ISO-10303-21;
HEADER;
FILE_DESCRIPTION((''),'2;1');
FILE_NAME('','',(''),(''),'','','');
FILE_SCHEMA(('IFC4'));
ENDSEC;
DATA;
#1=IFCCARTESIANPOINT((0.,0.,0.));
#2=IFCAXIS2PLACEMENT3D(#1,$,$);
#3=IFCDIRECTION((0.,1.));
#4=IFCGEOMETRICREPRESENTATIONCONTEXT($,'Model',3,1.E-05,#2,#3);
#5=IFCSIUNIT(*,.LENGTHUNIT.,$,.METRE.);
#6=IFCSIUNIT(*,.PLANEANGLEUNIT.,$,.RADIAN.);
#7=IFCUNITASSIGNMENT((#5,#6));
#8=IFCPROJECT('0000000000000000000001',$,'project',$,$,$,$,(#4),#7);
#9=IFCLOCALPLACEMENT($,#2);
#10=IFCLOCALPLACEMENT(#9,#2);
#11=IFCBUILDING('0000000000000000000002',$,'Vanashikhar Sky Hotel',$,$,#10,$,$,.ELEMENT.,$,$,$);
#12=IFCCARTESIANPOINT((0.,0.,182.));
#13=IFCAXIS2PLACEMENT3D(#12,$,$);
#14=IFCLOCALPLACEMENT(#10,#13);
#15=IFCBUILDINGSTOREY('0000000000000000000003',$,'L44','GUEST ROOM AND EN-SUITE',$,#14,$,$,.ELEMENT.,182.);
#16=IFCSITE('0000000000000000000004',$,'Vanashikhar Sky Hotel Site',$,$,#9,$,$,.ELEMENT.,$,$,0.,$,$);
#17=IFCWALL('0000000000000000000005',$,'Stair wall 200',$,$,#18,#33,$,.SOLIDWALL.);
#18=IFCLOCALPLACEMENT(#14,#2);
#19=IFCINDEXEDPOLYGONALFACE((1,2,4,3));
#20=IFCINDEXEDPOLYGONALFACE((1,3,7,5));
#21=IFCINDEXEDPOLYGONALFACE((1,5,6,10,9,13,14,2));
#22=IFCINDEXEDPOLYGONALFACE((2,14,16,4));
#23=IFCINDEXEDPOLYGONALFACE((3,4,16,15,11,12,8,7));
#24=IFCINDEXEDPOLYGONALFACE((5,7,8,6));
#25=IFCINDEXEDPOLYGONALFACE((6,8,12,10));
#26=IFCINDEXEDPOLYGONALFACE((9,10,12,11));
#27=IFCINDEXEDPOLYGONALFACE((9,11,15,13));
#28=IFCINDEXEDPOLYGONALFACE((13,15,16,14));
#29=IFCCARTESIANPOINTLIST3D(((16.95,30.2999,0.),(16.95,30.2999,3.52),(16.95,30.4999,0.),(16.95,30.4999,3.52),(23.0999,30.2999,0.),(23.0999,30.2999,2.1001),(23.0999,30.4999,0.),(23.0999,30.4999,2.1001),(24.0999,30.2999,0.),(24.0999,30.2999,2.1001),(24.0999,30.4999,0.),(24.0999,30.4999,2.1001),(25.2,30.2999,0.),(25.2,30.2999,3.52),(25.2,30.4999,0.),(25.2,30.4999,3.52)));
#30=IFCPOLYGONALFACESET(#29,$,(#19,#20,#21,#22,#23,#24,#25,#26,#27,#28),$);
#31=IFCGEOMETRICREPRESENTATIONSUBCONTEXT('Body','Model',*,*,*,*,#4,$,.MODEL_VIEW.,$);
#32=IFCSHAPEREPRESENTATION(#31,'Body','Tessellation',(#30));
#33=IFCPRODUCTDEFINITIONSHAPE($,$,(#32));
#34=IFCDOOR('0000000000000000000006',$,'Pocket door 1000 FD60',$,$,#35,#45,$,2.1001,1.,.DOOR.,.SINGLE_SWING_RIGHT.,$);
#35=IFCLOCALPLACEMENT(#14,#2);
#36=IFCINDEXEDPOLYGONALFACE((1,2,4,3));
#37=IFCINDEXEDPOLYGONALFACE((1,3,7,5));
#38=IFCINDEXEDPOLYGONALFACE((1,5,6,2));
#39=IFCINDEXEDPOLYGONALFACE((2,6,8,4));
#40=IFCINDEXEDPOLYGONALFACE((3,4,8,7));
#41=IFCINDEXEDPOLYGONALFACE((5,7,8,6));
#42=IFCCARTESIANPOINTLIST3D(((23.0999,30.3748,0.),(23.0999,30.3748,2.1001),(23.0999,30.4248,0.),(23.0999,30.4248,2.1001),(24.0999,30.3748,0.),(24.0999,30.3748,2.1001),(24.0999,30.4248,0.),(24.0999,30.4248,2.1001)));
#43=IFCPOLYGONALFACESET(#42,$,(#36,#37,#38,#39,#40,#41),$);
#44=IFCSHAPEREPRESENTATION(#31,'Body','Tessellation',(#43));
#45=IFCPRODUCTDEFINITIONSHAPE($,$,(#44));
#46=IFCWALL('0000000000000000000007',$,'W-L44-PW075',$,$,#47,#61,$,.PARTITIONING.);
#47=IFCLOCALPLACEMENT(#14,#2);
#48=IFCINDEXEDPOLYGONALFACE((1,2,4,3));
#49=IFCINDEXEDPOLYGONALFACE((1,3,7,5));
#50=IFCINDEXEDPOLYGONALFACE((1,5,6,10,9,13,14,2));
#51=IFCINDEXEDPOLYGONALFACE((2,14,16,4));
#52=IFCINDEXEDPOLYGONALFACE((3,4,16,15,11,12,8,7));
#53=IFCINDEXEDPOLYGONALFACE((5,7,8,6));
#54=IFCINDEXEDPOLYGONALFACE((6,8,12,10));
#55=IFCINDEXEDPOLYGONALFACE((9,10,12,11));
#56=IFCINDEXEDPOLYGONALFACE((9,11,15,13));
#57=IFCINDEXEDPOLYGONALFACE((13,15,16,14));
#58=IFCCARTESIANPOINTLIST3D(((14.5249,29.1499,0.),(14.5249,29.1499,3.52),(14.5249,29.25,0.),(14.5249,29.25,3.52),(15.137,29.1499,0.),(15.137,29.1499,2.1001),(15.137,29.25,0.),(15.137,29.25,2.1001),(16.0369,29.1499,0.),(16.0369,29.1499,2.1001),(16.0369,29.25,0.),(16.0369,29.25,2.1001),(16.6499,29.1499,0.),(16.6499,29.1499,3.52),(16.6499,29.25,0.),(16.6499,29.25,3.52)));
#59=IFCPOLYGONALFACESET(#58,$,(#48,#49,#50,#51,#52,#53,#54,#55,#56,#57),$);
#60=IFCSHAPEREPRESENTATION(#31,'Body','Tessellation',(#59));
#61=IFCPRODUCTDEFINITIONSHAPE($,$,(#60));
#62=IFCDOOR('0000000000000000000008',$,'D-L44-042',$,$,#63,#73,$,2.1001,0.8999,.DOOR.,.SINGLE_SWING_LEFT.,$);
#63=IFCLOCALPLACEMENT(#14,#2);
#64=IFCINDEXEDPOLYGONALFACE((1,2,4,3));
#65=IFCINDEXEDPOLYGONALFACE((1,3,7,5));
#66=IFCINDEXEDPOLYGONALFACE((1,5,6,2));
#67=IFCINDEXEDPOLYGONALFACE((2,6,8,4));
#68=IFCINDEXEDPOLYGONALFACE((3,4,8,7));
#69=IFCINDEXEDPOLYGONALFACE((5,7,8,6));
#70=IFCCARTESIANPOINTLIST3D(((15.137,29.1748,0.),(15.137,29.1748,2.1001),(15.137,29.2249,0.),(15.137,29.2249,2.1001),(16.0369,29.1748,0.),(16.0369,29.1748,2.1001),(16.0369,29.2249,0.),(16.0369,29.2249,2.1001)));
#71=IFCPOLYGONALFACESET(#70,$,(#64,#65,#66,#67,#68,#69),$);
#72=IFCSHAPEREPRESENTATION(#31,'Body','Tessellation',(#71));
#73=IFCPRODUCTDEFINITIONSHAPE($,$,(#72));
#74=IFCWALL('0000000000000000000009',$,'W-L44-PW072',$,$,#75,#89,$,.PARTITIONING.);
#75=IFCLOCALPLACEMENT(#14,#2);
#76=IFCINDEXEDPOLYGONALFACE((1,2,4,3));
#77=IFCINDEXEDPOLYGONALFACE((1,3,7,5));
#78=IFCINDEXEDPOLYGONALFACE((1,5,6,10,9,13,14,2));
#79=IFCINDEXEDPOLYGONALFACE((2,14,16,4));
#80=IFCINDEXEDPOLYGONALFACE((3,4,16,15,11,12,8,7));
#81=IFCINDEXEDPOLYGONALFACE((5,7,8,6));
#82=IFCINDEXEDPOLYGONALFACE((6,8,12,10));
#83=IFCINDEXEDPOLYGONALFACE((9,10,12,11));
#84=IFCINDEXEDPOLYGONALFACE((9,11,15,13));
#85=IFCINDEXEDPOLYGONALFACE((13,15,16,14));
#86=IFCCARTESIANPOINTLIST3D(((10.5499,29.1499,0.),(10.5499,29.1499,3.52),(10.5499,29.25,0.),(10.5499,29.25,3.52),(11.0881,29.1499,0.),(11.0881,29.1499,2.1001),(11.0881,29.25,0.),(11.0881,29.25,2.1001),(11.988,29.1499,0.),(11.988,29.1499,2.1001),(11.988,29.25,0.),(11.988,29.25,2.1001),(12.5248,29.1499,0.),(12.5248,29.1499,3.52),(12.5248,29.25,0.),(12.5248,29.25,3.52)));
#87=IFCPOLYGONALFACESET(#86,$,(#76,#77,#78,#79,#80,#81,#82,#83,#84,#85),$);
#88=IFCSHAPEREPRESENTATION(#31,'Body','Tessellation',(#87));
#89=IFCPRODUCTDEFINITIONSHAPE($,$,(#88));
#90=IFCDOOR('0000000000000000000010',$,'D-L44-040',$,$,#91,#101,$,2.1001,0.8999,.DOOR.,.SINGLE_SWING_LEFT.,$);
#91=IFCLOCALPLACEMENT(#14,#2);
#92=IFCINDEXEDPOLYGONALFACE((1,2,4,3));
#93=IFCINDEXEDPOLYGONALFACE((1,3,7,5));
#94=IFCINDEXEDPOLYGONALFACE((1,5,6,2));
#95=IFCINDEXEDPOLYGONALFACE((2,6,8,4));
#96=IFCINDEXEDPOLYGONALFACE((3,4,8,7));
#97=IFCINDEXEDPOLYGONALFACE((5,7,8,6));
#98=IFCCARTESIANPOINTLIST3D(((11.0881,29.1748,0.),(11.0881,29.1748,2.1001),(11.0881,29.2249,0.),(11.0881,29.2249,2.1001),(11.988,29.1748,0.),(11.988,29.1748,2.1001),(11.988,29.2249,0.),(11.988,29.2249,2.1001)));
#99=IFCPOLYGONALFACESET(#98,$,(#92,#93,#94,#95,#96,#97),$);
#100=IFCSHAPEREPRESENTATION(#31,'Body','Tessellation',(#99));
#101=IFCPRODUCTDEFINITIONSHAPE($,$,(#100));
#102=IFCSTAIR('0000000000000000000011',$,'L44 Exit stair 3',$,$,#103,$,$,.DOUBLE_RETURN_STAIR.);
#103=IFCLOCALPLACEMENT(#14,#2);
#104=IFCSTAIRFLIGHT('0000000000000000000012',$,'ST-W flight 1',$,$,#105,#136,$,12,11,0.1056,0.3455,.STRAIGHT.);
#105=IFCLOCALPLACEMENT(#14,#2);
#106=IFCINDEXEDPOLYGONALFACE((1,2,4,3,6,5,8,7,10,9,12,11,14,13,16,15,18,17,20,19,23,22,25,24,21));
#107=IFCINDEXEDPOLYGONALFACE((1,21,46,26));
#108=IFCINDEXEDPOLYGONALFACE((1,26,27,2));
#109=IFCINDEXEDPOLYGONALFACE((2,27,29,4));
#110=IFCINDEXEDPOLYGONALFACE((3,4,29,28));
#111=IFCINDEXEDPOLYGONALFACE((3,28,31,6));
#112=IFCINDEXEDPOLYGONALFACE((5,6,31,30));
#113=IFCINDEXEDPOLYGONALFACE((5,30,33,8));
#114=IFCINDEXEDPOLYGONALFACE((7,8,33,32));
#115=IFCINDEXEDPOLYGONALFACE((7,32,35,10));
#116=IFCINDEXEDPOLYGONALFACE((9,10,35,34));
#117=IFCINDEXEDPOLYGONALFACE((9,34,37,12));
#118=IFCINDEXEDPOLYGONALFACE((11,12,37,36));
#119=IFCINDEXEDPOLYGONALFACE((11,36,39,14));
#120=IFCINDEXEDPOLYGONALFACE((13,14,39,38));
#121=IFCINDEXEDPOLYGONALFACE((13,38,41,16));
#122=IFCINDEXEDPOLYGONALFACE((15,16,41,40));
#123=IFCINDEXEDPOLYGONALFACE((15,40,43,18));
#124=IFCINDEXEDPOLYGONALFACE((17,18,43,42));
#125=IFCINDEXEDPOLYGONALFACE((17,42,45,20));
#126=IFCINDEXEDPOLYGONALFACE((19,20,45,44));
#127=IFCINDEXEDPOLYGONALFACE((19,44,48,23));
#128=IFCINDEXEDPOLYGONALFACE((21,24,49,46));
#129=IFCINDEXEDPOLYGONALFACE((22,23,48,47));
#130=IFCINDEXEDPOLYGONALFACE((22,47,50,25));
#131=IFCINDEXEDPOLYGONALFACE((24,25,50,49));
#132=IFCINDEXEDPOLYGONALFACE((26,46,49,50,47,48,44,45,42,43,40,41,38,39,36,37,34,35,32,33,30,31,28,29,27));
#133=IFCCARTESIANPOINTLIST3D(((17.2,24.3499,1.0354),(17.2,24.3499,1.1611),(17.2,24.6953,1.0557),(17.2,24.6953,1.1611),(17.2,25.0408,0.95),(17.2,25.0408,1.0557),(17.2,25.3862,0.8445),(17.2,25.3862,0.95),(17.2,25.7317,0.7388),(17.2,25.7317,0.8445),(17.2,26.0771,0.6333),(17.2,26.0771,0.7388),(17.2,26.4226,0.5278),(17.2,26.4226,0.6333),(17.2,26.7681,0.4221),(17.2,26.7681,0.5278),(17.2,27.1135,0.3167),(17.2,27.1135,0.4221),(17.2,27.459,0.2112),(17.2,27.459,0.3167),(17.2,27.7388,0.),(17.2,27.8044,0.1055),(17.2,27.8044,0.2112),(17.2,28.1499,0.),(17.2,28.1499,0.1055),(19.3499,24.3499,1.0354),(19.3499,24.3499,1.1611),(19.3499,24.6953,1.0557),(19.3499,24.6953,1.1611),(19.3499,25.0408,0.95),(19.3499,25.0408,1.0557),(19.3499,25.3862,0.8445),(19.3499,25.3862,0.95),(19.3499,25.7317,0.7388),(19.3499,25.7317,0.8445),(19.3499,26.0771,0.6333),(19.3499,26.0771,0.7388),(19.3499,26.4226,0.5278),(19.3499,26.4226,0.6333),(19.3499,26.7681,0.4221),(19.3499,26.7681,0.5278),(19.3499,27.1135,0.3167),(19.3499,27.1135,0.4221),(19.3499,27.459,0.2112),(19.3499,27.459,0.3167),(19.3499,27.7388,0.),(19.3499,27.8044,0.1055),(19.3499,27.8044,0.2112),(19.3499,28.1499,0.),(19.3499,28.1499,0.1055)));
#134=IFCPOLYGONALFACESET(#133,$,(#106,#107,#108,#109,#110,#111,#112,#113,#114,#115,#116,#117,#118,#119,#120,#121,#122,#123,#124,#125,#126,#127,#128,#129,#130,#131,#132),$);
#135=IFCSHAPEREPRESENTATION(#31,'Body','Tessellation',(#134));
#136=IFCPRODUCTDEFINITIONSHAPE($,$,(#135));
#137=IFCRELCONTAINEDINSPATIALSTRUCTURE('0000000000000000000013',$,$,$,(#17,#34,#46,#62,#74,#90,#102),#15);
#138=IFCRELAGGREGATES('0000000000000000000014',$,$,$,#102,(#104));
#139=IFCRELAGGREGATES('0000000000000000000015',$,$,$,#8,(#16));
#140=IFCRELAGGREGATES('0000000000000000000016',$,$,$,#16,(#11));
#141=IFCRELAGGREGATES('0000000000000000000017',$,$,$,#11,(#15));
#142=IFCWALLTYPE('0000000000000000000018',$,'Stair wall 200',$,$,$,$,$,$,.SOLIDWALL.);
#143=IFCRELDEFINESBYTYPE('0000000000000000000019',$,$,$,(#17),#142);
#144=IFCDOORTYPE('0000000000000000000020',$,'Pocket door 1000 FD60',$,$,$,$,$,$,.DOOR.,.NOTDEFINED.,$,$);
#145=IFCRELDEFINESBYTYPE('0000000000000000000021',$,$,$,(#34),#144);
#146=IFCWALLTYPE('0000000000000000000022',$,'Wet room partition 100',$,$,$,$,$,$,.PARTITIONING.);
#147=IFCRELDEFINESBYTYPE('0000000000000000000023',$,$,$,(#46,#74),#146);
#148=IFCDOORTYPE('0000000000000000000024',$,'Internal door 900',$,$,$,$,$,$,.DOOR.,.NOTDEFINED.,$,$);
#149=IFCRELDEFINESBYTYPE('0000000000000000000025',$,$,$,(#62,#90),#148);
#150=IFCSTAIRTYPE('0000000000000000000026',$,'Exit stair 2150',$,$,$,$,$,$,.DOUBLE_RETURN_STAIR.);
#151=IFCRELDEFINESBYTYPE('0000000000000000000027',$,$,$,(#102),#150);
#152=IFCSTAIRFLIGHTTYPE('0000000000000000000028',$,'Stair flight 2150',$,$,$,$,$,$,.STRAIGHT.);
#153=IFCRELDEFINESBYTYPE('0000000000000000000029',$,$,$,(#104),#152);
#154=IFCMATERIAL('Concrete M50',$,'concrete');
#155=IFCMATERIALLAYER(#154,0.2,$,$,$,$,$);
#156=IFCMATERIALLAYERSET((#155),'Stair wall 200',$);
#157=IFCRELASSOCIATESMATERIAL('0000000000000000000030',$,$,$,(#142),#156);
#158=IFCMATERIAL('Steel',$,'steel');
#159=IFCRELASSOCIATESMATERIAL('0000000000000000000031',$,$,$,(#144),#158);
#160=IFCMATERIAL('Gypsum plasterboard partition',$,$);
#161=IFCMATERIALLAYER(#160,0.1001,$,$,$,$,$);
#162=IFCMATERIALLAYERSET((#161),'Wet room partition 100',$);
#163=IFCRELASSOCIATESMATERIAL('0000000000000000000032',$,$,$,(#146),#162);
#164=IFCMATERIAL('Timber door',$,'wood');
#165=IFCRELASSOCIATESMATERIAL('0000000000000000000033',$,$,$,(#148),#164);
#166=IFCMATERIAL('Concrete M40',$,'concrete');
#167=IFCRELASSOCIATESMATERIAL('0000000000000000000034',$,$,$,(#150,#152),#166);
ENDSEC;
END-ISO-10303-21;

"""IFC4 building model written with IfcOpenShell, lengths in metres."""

from ifc_helpers import new_model, si_unit, direction, frame, frame_2d, origin, place, context, subcontext, project, spatial, polyline, rectangle, outline, extrude, source, transform, mapped, material, layer, layer_set, type_object, element, fill, aggregate, save


model = new_model("IFC4")

# Units and contexts
model_context = context("Model", 3, precision=1e-05, world=origin(), true_north=direction((0.0, 1.0)))
body_context = subcontext(model_context, "Body", "Model", "MODEL_VIEW")
ifc_project = project(units=[si_unit("LENGTHUNIT", "METRE"), si_unit("PLANEANGLEUNIT", "RADIAN")], contexts=[model_context])

# Site, building, storey
site_placement = place(None, origin())
site = spatial("IfcSite", under=ifc_project, at=site_placement, Name="Vanashikhar Sky Hotel Site", CompositionType="ELEMENT", RefElevation=0.0)
building_placement = place(site_placement, origin())
building = spatial("IfcBuilding", under=site, at=building_placement, Name="Vanashikhar Sky Hotel", CompositionType="ELEMENT")
storey_placement = place(building_placement, frame((0.0, 0.0, 182.0)))
storey = spatial("IfcBuildingStorey", under=building, at=storey_placement, Name="L44", Description="GUEST ROOM AND EN-SUITE", CompositionType="ELEMENT", Elevation=182.0)

# Shared definitions
ifc_material_1 = material(Name="Concrete M50", Category="concrete")

# Walls, openings, doors
ifc_layer_1 = layer(ifc_material_1, 0.2)
ifc_layer_set_1 = layer_set([ifc_layer_1], Name="Stair wall 200")
wall_type_1 = type_object("IfcWallType", Name="Stair wall 200", PredefinedType="SOLIDWALL", material=ifc_layer_set_1)
shared_shape_1 = source(origin(), body_context, "Body", "SweptSolid", [
    extrude(rectangle(XDim=8.25, YDim=0.2, at=frame_2d((4.125, 0.0))), origin(), (0.0, 0.0, 1.0), 3.52),
])
wall_1_placement = place(storey_placement, frame((16.95, 30.3999, 0.0), z_axis=(0.0, 0.0, 1.0), x_axis=(1.0, 0.0, 0.0)))
wall_1 = element("IfcWall", 1, at=wall_1_placement, inside=storey, type_object=wall_type_1, Name="Stair wall 200", PredefinedType="SOLIDWALL", context=body_context, shape_type="MappedRepresentation", body=[
    mapped(shared_shape_1, transform((0.0, 0.0, 0.0), scale=1.0)),
])
shared_shape_2 = source(origin(), body_context, "Body", "SweptSolid", [
    extrude(rectangle(XDim=1.0, YDim=2.1001, at=frame_2d((0.5, 1.05))), frame((0.0, 0.1099, 0.0), z_axis=(0.0, -1.0, 0.0), x_axis=(1.0, 0.0, 0.0)), (0.0, 0.0, 1.0), 0.22),
])
opening_1_placement = place(wall_1_placement, frame((6.1499, 0.0, 0.0)))
opening_1 = element("IfcOpeningElement", 2, at=opening_1_placement, cuts=wall_1, PredefinedType="OPENING", context=body_context, shape_type="MappedRepresentation", body=[
    mapped(shared_shape_2, transform((0.0, 0.0, 0.0), scale=1.0)),
])
ifc_material_2 = material(Name="Steel", Category="steel")
door_type_1 = type_object("IfcDoorType", Name="Pocket door 1000 FD60", OperationType="NOTDEFINED", PredefinedType="DOOR", material=ifc_material_2)
shared_shape_3 = source(origin(), body_context, "Body", "SweptSolid", [
    extrude(rectangle(XDim=1.0, YDim=2.1001, at=frame_2d((0.5, 1.05))), frame((0.0, 0.0249, 0.0), z_axis=(0.0, -1.0, 0.0), x_axis=(1.0, 0.0, 0.0)), (0.0, 0.0, 1.0), 0.05),
])
door_1_placement = place(opening_1_placement, origin())
door_1 = element("IfcDoor", 3, at=door_1_placement, inside=storey, type_object=door_type_1, Name="Pocket door 1000 FD60", OperationType="SINGLE_SWING_RIGHT", OverallHeight=2.1001, OverallWidth=1.0, PredefinedType="DOOR", context=body_context, shape_type="MappedRepresentation", body=[
    mapped(shared_shape_3, transform((0.0, 0.0, 0.0), scale=1.0)),
])
fill(opening_1, door_1)
ifc_material_3 = material(Name="Gypsum plasterboard partition")
ifc_layer_2 = layer(ifc_material_3, 0.1001)
ifc_layer_set_2 = layer_set([ifc_layer_2], Name="Wet room partition 100")
wall_type_2 = type_object("IfcWallType", Name="Wet room partition 100", PredefinedType="PARTITIONING", material=ifc_layer_set_2)
shared_shape_4 = source(origin(), body_context, "Body", "SweptSolid", [
    extrude(rectangle(XDim=2.125, YDim=0.1001, at=frame_2d((1.0625, 0.0))), origin(), (0.0, 0.0, 1.0), 3.52),
])
wall_2_placement = place(storey_placement, frame((14.5249, 29.2, 0.0), z_axis=(0.0, 0.0, 1.0), x_axis=(1.0, 0.0, 0.0)))
wall_2 = element("IfcWall", 4, at=wall_2_placement, inside=storey, type_object=wall_type_2, Name="W-L44-PW075", PredefinedType="PARTITIONING", context=body_context, shape_type="MappedRepresentation", body=[
    mapped(shared_shape_4, transform((0.0, 0.0, 0.0), scale=1.0)),
])
shared_shape_5 = source(origin(), body_context, "Body", "SweptSolid", [
    extrude(rectangle(XDim=0.8999, YDim=2.1001, at=frame_2d((0.45, 1.05))), frame((0.0, 0.0601, 0.0), z_axis=(0.0, -1.0, 0.0), x_axis=(1.0, 0.0, 0.0)), (0.0, 0.0, 1.0), 0.1201),
])
opening_2_placement = place(wall_2_placement, frame((0.6121, 0.0, 0.0)))
opening_2 = element("IfcOpeningElement", 5, at=opening_2_placement, cuts=wall_2, PredefinedType="OPENING", context=body_context, shape_type="MappedRepresentation", body=[
    mapped(shared_shape_5, transform((0.0, 0.0, 0.0), scale=1.0)),
])
ifc_material_4 = material(Name="Timber door", Category="wood")
door_type_2 = type_object("IfcDoorType", Name="Internal door 900", OperationType="NOTDEFINED", PredefinedType="DOOR", material=ifc_material_4)
shared_shape_6 = source(origin(), body_context, "Body", "SweptSolid", [
    extrude(rectangle(XDim=0.8999, YDim=2.1001, at=frame_2d((0.45, 1.05))), frame((0.0, 0.0249, 0.0), z_axis=(0.0, -1.0, 0.0), x_axis=(1.0, 0.0, 0.0)), (0.0, 0.0, 1.0), 0.05),
])
door_2_placement = place(opening_2_placement, origin())
door_2 = element("IfcDoor", 6, at=door_2_placement, inside=storey, type_object=door_type_2, Name="D-L44-042", OperationType="SINGLE_SWING_LEFT", OverallHeight=2.1001, OverallWidth=0.8999, PredefinedType="DOOR", context=body_context, shape_type="MappedRepresentation", body=[
    mapped(shared_shape_6, transform((0.0, 0.0, 0.0), scale=1.0)),
])
fill(opening_2, door_2)
shared_shape_7 = source(origin(), body_context, "Body", "SweptSolid", [
    extrude(rectangle(XDim=1.9749, YDim=0.1001, at=frame_2d((0.9873, 0.0))), origin(), (0.0, 0.0, 1.0), 3.52),
])
wall_3_placement = place(storey_placement, frame((10.55, 29.2, 0.0), z_axis=(0.0, 0.0, 1.0), x_axis=(1.0, 0.0, 0.0)))
wall_3 = element("IfcWall", 7, at=wall_3_placement, inside=storey, type_object=wall_type_2, Name="W-L44-PW072", PredefinedType="PARTITIONING", context=body_context, shape_type="MappedRepresentation", body=[
    mapped(shared_shape_7, transform((0.0, 0.0, 0.0), scale=1.0)),
])
opening_3_placement = place(wall_3_placement, frame((0.5381, 0.0, 0.0)))
opening_3 = element("IfcOpeningElement", 8, at=opening_3_placement, cuts=wall_3, PredefinedType="OPENING", context=body_context, shape_type="MappedRepresentation", body=[
    mapped(shared_shape_5, transform((0.0, 0.0, 0.0), scale=1.0)),
])
door_3_placement = place(opening_3_placement, origin())
door_3 = element("IfcDoor", 9, at=door_3_placement, inside=storey, type_object=door_type_2, Name="D-L44-040", OperationType="SINGLE_SWING_LEFT", OverallHeight=2.1001, OverallWidth=0.8999, PredefinedType="DOOR", context=body_context, shape_type="MappedRepresentation", body=[
    mapped(shared_shape_6, transform((0.0, 0.0, 0.0), scale=1.0)),
])
fill(opening_3, door_3)

# Stair, stair flight
ifc_material_5 = material(Name="Concrete M40", Category="concrete")
stair_type = type_object("IfcStairType", Name="Exit stair 2150", PredefinedType="DOUBLE_RETURN_STAIR", material=ifc_material_5)
stair_placement = place(storey_placement, origin())
stair = element("IfcStair", 10, at=stair_placement, inside=storey, type_object=stair_type, Name="L44 Exit stair 3", PredefinedType="DOUBLE_RETURN_STAIR")
stair_flight_type = type_object("IfcStairFlightType", Name="Stair flight 2150", PredefinedType="STRAIGHT", material=ifc_material_5)
shared_shape_8 = source(origin(), body_context, "Body", "SweptSolid", [
    extrude(outline(polyline([(0.0, 0.0), (0.0, 0.1055), (0.3455, 0.1055), (0.3455, 0.2112), (0.6909, 0.2112), (0.6909, 0.3167), (1.0364, 0.3167), (1.0364, 0.4221), (1.3818, 0.4221), (1.3818, 0.5278), (1.7273, 0.5278), (1.7273, 0.6333), (2.0728, 0.6333), (2.0728, 0.7388), (2.4182, 0.7388), (2.4182, 0.8445), (2.7637, 0.8445), (2.7637, 0.95), (3.1091, 0.95), (3.1091, 1.0557), (3.4546, 1.0557), (3.4546, 1.1611), (3.8, 1.1611), (3.8, 1.2666), (3.8, 1.0354), (0.4111, 0.0), (0.0, 0.0)])), frame((0.0, 1.075, 0.0), z_axis=(0.0, -1.0, 0.0), x_axis=(1.0, 0.0, 0.0)), (0.0, 0.0, 1.0), 2.1499),
])
stair_flight_1_placement = place(storey_placement, frame((18.2749, 28.1499, 0.0), z_axis=(0.0, 0.0, 1.0), x_axis=(0.0, -1.0, 0.0)))
stair_flight_1 = element("IfcStairFlight", 11, at=stair_flight_1_placement, type_object=stair_flight_type, Name="ST-W flight 1", NumberOfRisers=12, NumberOfTreads=11, PredefinedType="STRAIGHT", RiserHeight=0.1056, TreadLength=0.3455, context=body_context, shape_type="MappedRepresentation", body=[
    mapped(shared_shape_8, transform((0.0, 0.0, 0.0), scale=1.0)),
])
aggregate(stair, [stair_flight_1])

save(model, "model.ifc")
